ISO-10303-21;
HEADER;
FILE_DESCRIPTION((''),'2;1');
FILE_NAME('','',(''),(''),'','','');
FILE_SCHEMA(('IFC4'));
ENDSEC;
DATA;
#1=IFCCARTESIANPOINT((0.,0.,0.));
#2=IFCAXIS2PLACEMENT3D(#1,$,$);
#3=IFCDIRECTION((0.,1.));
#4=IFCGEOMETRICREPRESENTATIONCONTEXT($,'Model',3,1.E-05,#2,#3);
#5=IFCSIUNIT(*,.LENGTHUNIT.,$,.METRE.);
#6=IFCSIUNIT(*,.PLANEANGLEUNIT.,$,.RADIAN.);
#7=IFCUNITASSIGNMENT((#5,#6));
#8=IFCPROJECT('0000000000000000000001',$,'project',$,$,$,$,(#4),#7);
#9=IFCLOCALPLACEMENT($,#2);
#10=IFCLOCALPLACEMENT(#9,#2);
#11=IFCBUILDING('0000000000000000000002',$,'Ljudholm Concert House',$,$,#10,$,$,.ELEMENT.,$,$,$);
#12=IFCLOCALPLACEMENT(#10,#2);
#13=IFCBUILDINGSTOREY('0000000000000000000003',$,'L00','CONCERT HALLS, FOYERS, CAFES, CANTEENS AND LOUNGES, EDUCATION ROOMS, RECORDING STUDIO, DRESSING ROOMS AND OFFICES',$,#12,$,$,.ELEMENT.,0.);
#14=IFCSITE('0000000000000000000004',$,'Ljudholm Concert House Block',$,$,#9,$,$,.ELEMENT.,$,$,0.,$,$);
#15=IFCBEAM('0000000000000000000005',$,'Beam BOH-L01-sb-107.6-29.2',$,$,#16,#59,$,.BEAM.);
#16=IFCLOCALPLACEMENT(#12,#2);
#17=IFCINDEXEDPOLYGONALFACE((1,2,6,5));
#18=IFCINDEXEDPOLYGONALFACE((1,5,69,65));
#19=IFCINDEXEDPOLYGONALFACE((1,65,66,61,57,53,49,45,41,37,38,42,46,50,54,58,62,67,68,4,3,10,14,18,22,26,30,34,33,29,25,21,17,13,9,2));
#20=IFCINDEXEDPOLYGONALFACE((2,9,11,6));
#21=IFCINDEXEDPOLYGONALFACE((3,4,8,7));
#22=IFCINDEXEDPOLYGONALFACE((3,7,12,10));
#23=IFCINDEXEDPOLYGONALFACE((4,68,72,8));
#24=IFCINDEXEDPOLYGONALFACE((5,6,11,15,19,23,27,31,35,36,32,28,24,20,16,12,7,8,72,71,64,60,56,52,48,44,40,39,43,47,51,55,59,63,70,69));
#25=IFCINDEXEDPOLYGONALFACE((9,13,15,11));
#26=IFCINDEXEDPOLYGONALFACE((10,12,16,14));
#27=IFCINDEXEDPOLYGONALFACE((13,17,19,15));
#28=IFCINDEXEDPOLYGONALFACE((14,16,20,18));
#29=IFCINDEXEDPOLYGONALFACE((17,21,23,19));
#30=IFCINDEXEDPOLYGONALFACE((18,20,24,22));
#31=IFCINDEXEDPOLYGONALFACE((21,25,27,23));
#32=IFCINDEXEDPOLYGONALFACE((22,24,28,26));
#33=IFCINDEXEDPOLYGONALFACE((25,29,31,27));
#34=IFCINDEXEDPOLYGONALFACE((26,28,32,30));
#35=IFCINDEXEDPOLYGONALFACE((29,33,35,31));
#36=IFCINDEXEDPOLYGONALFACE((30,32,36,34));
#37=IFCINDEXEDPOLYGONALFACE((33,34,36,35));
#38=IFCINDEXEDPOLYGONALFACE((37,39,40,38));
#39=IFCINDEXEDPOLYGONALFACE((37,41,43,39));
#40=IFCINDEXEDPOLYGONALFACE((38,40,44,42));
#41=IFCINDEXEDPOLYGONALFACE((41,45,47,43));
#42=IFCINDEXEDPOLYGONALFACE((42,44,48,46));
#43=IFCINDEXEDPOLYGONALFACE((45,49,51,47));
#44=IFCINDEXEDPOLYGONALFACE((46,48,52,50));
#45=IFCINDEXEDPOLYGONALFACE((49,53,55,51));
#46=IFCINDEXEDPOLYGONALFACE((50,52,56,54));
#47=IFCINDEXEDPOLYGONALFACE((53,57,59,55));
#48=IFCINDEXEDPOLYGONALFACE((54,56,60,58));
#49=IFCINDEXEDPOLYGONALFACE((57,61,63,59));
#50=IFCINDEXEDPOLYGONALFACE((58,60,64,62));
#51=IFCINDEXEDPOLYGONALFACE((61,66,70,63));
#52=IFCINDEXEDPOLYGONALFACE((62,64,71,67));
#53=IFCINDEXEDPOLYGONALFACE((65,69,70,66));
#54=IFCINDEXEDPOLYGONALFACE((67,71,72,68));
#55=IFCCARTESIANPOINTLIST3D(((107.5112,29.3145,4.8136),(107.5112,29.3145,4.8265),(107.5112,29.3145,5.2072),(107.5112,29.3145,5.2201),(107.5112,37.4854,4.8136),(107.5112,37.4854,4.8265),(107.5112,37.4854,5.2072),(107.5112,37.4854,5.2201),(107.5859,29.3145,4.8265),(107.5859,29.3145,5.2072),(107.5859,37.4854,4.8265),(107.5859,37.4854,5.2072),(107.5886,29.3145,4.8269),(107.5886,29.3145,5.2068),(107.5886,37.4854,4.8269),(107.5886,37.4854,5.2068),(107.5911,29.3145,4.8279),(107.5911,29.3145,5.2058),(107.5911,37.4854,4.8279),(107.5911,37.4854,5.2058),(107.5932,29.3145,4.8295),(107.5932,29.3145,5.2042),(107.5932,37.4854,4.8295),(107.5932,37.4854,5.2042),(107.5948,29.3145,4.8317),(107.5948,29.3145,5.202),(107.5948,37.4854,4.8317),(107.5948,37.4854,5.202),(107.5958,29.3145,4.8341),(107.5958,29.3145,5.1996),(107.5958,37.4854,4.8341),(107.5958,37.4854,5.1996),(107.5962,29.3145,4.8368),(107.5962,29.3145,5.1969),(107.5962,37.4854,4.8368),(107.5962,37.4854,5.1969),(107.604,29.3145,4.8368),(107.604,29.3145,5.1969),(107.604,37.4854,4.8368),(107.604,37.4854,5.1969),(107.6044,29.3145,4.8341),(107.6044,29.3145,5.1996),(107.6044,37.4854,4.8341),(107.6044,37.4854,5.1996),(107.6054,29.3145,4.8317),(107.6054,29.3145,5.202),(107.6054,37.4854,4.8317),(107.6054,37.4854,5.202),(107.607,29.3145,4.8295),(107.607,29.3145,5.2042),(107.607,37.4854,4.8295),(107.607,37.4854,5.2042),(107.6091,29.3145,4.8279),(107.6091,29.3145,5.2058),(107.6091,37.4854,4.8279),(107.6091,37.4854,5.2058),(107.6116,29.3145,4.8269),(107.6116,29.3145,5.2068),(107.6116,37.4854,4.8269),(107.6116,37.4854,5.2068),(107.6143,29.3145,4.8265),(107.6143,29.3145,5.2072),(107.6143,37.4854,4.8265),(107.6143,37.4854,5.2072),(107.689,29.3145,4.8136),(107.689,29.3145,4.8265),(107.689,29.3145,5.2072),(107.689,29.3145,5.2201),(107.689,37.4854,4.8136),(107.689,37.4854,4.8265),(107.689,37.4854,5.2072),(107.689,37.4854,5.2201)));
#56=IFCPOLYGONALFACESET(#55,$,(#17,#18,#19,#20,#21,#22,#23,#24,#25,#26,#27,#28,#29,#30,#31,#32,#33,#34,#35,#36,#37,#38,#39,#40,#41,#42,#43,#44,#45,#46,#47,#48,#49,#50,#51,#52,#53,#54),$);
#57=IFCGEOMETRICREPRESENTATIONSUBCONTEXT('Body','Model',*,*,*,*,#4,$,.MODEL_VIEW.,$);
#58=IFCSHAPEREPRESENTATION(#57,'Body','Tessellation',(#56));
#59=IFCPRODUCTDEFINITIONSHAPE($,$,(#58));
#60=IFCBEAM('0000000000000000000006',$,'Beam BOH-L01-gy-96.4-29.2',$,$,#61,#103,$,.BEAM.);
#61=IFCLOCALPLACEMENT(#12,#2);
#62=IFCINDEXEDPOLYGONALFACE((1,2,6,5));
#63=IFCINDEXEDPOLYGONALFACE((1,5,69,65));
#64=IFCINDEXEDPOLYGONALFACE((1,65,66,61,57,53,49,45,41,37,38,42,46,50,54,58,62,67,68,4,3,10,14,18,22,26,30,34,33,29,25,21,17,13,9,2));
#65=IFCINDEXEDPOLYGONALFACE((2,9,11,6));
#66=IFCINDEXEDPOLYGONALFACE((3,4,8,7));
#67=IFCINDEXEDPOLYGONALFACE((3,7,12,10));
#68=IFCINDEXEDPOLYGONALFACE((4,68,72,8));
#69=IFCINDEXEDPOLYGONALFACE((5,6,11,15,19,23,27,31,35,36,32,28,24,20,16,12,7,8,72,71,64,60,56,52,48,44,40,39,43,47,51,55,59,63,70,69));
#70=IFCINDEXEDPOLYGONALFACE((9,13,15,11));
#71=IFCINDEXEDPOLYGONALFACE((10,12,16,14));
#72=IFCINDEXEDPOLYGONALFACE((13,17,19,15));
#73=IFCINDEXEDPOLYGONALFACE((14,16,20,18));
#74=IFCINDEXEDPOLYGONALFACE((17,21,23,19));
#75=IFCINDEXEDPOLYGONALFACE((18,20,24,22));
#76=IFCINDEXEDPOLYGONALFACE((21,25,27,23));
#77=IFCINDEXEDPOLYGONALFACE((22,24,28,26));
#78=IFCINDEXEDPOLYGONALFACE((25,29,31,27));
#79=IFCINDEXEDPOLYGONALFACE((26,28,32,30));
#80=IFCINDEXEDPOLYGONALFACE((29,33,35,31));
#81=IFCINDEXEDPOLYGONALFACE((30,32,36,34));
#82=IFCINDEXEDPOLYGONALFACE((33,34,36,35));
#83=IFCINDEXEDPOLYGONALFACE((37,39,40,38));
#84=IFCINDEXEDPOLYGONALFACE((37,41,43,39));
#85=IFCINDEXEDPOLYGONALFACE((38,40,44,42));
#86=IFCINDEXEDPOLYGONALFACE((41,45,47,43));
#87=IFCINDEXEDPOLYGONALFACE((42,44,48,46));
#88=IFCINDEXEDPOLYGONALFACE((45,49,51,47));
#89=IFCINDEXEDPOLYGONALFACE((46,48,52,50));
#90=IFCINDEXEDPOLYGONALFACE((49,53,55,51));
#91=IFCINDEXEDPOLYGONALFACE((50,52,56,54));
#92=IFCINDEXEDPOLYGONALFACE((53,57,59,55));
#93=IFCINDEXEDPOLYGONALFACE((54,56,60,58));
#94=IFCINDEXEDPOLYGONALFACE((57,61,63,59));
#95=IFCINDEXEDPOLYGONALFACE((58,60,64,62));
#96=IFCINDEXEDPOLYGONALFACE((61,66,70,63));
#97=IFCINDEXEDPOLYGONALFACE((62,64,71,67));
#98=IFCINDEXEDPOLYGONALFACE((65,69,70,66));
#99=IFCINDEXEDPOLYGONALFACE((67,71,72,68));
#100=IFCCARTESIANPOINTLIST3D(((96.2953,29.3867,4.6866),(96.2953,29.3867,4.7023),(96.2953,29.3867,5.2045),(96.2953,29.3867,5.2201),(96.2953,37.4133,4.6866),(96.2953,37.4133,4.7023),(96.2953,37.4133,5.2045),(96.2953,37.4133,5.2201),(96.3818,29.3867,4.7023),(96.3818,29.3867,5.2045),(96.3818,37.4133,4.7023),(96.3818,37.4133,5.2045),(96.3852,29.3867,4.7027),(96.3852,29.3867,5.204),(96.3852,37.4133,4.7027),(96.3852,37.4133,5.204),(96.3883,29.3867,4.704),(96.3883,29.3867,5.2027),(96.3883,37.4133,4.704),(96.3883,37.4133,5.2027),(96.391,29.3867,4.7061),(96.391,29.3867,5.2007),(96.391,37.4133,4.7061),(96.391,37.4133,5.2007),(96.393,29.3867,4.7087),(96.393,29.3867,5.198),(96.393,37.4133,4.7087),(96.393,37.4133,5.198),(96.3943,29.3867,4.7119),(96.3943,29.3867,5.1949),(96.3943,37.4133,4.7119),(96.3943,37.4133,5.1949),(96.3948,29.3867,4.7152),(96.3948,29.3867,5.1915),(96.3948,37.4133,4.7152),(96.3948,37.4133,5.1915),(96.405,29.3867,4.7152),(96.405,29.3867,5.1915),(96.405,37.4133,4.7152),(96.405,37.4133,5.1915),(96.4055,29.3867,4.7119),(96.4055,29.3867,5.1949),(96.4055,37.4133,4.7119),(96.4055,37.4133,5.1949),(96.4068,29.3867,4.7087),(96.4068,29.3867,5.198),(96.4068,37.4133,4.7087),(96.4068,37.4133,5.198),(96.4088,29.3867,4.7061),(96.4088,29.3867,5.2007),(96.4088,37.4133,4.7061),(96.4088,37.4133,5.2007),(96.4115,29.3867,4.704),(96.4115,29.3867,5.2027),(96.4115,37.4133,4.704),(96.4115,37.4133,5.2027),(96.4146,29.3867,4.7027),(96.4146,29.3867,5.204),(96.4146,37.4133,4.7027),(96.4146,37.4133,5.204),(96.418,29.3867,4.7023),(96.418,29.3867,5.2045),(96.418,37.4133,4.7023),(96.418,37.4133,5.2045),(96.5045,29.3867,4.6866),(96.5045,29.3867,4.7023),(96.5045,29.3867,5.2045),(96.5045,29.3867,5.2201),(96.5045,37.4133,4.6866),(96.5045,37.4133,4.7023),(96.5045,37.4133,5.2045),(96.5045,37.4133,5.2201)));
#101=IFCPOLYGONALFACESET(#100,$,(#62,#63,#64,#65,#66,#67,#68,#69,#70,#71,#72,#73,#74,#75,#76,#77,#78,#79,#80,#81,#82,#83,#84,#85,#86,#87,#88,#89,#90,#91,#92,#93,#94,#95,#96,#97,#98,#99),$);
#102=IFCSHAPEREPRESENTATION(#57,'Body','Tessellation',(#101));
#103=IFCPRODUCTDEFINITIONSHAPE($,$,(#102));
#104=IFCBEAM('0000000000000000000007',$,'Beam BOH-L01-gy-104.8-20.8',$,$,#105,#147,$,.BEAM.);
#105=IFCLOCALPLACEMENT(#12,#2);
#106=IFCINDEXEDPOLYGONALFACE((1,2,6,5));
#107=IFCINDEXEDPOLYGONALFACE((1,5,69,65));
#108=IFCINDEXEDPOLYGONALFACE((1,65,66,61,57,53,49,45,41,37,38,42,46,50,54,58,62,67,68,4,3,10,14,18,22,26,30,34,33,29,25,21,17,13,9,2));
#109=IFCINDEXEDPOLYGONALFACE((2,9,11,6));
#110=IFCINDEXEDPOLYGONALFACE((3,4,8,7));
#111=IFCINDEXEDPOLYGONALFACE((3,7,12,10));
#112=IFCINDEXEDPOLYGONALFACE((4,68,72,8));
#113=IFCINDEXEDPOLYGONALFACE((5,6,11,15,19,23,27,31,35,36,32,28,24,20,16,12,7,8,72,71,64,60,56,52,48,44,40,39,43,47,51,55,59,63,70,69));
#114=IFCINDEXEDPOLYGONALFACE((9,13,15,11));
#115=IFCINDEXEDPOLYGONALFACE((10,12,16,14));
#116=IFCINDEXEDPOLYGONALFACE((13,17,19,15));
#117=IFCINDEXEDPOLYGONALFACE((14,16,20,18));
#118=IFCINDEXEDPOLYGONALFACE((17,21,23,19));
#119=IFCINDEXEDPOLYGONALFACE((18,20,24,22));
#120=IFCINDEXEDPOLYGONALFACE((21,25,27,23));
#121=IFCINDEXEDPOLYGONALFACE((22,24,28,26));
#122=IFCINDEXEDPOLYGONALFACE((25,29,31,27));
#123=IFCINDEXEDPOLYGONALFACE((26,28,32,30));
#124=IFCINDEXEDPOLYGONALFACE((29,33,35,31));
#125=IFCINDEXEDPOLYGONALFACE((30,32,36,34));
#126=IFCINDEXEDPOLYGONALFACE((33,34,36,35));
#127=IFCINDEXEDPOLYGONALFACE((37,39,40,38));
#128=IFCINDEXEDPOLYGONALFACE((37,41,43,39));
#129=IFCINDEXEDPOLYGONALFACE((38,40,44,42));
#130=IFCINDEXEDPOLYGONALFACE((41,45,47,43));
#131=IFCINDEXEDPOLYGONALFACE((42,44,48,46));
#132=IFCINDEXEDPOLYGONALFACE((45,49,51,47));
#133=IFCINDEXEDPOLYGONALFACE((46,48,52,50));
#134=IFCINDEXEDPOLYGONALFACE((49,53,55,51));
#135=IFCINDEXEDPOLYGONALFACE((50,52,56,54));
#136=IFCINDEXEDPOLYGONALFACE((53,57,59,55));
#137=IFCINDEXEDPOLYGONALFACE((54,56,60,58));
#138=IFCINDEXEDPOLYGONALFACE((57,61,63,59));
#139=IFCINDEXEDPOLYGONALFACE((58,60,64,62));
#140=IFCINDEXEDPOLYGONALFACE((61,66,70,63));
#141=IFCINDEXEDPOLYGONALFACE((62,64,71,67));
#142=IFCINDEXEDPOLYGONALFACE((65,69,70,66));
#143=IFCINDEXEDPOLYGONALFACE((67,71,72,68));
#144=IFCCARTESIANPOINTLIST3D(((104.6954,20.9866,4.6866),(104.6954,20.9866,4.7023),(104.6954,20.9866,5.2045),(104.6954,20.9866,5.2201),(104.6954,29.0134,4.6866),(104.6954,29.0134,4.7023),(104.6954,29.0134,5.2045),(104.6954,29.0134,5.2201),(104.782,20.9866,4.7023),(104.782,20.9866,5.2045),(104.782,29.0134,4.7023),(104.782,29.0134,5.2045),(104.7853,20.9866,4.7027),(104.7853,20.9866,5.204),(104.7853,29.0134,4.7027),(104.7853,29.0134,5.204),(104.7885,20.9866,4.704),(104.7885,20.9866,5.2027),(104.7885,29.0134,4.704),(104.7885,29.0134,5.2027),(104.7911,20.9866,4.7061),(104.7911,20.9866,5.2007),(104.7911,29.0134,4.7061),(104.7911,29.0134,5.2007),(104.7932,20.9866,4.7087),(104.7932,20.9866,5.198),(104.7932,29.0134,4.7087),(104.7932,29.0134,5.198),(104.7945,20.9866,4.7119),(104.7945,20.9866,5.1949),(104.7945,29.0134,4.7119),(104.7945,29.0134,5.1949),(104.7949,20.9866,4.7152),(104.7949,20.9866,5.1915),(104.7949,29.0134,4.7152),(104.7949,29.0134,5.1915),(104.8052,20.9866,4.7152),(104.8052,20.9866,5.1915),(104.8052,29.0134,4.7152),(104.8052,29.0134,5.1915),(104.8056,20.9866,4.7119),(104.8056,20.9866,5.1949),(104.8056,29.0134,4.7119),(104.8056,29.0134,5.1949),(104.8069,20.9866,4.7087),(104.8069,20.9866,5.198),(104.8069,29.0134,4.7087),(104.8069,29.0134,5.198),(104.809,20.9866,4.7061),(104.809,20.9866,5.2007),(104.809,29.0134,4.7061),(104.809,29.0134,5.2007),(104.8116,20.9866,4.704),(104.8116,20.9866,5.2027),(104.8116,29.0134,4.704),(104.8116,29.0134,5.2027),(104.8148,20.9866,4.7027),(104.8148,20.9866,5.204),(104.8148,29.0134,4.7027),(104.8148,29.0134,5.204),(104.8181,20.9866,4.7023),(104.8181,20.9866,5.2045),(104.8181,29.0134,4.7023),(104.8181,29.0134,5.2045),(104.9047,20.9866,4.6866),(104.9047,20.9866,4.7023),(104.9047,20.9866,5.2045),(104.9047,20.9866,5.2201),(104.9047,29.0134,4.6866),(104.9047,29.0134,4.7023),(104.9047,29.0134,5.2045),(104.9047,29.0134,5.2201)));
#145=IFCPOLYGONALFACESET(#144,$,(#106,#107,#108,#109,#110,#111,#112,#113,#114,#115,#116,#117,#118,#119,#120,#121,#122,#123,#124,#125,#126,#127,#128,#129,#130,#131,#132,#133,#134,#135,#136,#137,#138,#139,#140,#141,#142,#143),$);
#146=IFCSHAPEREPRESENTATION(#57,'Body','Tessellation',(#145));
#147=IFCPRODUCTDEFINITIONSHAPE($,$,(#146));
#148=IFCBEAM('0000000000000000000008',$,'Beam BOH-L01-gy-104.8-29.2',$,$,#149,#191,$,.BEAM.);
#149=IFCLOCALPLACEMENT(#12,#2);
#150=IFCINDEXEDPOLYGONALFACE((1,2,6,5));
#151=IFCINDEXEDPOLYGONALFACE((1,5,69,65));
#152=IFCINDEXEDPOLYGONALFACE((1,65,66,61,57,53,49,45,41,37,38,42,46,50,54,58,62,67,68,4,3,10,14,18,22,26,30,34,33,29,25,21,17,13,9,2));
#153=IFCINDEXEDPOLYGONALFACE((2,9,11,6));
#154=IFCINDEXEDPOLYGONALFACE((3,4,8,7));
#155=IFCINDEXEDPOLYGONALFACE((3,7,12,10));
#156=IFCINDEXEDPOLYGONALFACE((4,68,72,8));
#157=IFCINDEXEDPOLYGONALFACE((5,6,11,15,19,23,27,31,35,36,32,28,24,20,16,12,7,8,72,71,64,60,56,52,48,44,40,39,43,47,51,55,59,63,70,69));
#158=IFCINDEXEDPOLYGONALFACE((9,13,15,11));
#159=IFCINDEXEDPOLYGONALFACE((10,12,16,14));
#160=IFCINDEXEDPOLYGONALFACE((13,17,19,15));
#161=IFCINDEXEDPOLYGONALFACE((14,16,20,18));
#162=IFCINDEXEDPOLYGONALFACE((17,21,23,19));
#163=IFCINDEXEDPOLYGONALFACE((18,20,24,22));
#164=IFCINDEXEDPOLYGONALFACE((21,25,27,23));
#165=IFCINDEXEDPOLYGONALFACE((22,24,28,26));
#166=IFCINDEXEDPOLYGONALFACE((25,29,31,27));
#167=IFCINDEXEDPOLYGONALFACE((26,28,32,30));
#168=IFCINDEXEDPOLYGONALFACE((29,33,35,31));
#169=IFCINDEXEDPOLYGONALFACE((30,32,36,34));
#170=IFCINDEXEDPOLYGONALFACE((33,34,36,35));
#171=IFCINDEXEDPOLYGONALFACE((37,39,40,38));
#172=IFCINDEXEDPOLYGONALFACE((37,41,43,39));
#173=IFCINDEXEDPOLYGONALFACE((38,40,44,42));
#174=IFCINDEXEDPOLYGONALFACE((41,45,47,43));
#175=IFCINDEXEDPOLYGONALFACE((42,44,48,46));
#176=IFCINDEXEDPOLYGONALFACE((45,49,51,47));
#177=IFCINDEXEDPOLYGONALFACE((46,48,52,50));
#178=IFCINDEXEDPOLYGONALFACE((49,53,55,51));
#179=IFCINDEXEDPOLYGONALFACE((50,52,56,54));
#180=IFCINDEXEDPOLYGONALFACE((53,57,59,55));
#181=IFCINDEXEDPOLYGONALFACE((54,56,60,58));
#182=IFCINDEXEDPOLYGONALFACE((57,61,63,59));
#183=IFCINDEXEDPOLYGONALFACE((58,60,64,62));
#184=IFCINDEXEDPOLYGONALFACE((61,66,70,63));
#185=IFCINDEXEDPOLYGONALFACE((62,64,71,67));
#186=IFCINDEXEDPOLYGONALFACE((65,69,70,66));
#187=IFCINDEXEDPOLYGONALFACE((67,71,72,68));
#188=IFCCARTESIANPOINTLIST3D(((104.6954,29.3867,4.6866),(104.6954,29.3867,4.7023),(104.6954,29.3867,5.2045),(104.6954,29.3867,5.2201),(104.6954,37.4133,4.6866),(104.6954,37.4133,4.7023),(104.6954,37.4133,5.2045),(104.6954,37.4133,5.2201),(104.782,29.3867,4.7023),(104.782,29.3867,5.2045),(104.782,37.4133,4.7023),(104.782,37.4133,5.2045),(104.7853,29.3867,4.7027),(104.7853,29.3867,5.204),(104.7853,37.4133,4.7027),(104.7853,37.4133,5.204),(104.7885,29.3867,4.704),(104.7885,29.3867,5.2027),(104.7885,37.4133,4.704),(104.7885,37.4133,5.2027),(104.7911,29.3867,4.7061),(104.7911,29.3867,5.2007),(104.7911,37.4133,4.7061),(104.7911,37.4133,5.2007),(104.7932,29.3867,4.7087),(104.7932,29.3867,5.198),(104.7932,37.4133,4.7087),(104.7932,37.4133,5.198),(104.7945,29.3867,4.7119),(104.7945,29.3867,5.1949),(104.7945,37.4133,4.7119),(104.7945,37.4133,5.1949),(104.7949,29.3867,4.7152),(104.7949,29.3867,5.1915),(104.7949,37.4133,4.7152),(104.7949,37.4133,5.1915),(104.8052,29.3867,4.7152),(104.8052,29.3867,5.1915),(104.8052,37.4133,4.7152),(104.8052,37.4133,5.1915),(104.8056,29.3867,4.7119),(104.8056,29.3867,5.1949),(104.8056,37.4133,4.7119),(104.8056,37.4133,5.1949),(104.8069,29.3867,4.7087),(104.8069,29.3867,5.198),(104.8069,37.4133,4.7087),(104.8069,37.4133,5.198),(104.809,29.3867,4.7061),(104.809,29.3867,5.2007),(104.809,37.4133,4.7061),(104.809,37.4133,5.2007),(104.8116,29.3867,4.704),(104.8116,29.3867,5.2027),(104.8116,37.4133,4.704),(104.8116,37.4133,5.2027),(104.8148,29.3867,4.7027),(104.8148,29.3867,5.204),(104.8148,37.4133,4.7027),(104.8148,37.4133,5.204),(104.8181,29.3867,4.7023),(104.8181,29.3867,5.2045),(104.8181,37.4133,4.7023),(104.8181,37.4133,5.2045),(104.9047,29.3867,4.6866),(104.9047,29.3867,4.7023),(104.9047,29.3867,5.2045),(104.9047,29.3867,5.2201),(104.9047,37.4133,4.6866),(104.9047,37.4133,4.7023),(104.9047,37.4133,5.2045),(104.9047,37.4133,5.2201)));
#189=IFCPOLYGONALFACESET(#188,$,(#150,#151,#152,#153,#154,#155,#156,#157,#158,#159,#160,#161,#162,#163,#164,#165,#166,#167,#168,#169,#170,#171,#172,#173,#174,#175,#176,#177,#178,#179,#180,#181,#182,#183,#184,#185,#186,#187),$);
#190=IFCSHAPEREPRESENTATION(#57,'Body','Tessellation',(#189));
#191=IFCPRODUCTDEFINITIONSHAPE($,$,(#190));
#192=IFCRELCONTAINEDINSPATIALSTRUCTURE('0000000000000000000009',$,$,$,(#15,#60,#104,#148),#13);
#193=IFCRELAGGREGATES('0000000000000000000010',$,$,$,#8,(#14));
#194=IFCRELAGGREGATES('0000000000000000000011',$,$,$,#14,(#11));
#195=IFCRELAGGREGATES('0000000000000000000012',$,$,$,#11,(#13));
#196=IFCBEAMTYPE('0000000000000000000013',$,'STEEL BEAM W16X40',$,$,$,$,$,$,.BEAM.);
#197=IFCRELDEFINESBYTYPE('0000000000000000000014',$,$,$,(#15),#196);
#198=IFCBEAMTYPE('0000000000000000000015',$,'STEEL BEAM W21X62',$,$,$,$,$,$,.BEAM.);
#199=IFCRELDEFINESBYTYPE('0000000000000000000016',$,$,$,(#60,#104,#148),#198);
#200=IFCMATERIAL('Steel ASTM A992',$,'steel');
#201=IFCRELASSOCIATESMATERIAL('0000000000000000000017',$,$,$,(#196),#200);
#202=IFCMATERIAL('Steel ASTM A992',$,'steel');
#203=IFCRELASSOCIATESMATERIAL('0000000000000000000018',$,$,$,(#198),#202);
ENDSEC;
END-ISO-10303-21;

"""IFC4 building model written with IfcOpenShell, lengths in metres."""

from ifc_helpers import new_model, si_unit, direction, frame, origin, origin_2d, place, context, subcontext, project, spatial, i_section, extrude, material, material_profile, profile_set, type_object, element, save


model = new_model("IFC4")

# Units and contexts
model_context = context("Model", 3, precision=1e-05, world=origin(), true_north=direction((0.0, 1.0)))
body_context = subcontext(model_context, "Body", "Model", "MODEL_VIEW")
ifc_project = project(units=[si_unit("LENGTHUNIT", "METRE"), si_unit("PLANEANGLEUNIT", "RADIAN")], contexts=[model_context])

# Site, building, storey
site_placement = place(None, origin())
site = spatial("IfcSite", under=ifc_project, at=site_placement, Name="Ljudholm Concert House Block", CompositionType="ELEMENT", RefElevation=0.0)
building_placement = place(site_placement, origin())
building = spatial("IfcBuilding", under=site, at=building_placement, Name="Ljudholm Concert House", CompositionType="ELEMENT")
storey_placement = place(building_placement, origin())
storey = spatial("IfcBuildingStorey", under=building, at=storey_placement, Name="L00", Description="CONCERT HALLS, FOYERS, CAFES, CANTEENS AND LOUNGES, EDUCATION ROOMS, RECORDING STUDIO, DRESSING ROOMS AND OFFICES", CompositionType="ELEMENT", Elevation=0.0)

# Beams
ifc_material_1 = material(Name="Steel ASTM A992", Category="steel")
ifc_material_profile_1 = material_profile(ifc_material_1, i_section(OverallWidth=0.1777, OverallDepth=0.4065, WebThickness=0.0078, FlangeThickness=0.0129, FilletRadius=0.0103, at=origin_2d()), Name="W16X40")
ifc_profile_set_1 = profile_set([ifc_material_profile_1], Name="Steel ASTM A992")
beam_type_1 = type_object("IfcBeamType", Name="STEEL BEAM W16X40", PredefinedType="BEAM", material=ifc_profile_set_1)
for number, where, z_axis, x_axis, name in (
    (1, (107.6001, 29.3145, 5.0168), (0.0, 1.0, 0.0), (-1.0, 0.0, 0.0), "Beam BOH-L01-sb-107.6-29.2"),
):
    element("IfcBeam", number, at=place(storey_placement, frame(where, z_axis=z_axis, x_axis=x_axis)), inside=storey, type_object=beam_type_1, Name=name, PredefinedType="BEAM", context=body_context, shape_type="SweptSolid", body=[
        extrude(i_section(OverallWidth=0.1777, OverallDepth=0.4065, WebThickness=0.0078, FlangeThickness=0.0129, FilletRadius=0.0103, at=origin_2d()), origin(), (0.0, 0.0, 1.0), 8.1709),
    ])
ifc_material_2 = material(Name="Steel ASTM A992", Category="steel")
ifc_material_profile_2 = material_profile(ifc_material_2, i_section(OverallWidth=0.2092, OverallDepth=0.5334, WebThickness=0.0103, FlangeThickness=0.0156, FilletRadius=0.0129, at=origin_2d()), Name="W21X62")
ifc_profile_set_2 = profile_set([ifc_material_profile_2], Name="Steel ASTM A992")
beam_type_2 = type_object("IfcBeamType", Name="STEEL BEAM W21X62", PredefinedType="BEAM", material=ifc_profile_set_2)
beam_1_placement = place(storey_placement, frame((96.3999, 29.3867, 4.9534), z_axis=(0.0, 1.0, 0.0), x_axis=(-1.0, 0.0, 0.0)))
element("IfcBeam", 2, at=beam_1_placement, inside=storey, type_object=beam_type_2, Name="Beam BOH-L01-gy-96.4-29.2", PredefinedType="BEAM", context=body_context, shape_type="SweptSolid", body=[
    extrude(i_section(OverallWidth=0.2092, OverallDepth=0.5334, WebThickness=0.0103, FlangeThickness=0.0156, FilletRadius=0.0129, at=origin_2d()), origin(), (0.0, 0.0, 1.0), 8.0266),
])
beam_2_placement = place(storey_placement, frame((104.8, 20.9866, 4.9534), z_axis=(0.0, 1.0, 0.0), x_axis=(-1.0, 0.0, 0.0)))
element("IfcBeam", 3, at=beam_2_placement, inside=storey, type_object=beam_type_2, Name="Beam BOH-L01-gy-104.8-20.8", PredefinedType="BEAM", context=body_context, shape_type="SweptSolid", body=[
    extrude(i_section(OverallWidth=0.2092, OverallDepth=0.5334, WebThickness=0.0103, FlangeThickness=0.0156, FilletRadius=0.0129, at=origin_2d()), origin(), (0.0, 0.0, 1.0), 8.0269),
])
beam_3_placement = place(storey_placement, frame((104.8, 29.3867, 4.9534), z_axis=(0.0, 1.0, 0.0), x_axis=(-1.0, 0.0, 0.0)))
element("IfcBeam", 4, at=beam_3_placement, inside=storey, type_object=beam_type_2, Name="Beam BOH-L01-gy-104.8-29.2", PredefinedType="BEAM", context=body_context, shape_type="SweptSolid", body=[
    extrude(i_section(OverallWidth=0.2092, OverallDepth=0.5334, WebThickness=0.0103, FlangeThickness=0.0156, FilletRadius=0.0129, at=origin_2d()), origin(), (0.0, 0.0, 1.0), 8.0266),
])

save(model, "model.ifc")
